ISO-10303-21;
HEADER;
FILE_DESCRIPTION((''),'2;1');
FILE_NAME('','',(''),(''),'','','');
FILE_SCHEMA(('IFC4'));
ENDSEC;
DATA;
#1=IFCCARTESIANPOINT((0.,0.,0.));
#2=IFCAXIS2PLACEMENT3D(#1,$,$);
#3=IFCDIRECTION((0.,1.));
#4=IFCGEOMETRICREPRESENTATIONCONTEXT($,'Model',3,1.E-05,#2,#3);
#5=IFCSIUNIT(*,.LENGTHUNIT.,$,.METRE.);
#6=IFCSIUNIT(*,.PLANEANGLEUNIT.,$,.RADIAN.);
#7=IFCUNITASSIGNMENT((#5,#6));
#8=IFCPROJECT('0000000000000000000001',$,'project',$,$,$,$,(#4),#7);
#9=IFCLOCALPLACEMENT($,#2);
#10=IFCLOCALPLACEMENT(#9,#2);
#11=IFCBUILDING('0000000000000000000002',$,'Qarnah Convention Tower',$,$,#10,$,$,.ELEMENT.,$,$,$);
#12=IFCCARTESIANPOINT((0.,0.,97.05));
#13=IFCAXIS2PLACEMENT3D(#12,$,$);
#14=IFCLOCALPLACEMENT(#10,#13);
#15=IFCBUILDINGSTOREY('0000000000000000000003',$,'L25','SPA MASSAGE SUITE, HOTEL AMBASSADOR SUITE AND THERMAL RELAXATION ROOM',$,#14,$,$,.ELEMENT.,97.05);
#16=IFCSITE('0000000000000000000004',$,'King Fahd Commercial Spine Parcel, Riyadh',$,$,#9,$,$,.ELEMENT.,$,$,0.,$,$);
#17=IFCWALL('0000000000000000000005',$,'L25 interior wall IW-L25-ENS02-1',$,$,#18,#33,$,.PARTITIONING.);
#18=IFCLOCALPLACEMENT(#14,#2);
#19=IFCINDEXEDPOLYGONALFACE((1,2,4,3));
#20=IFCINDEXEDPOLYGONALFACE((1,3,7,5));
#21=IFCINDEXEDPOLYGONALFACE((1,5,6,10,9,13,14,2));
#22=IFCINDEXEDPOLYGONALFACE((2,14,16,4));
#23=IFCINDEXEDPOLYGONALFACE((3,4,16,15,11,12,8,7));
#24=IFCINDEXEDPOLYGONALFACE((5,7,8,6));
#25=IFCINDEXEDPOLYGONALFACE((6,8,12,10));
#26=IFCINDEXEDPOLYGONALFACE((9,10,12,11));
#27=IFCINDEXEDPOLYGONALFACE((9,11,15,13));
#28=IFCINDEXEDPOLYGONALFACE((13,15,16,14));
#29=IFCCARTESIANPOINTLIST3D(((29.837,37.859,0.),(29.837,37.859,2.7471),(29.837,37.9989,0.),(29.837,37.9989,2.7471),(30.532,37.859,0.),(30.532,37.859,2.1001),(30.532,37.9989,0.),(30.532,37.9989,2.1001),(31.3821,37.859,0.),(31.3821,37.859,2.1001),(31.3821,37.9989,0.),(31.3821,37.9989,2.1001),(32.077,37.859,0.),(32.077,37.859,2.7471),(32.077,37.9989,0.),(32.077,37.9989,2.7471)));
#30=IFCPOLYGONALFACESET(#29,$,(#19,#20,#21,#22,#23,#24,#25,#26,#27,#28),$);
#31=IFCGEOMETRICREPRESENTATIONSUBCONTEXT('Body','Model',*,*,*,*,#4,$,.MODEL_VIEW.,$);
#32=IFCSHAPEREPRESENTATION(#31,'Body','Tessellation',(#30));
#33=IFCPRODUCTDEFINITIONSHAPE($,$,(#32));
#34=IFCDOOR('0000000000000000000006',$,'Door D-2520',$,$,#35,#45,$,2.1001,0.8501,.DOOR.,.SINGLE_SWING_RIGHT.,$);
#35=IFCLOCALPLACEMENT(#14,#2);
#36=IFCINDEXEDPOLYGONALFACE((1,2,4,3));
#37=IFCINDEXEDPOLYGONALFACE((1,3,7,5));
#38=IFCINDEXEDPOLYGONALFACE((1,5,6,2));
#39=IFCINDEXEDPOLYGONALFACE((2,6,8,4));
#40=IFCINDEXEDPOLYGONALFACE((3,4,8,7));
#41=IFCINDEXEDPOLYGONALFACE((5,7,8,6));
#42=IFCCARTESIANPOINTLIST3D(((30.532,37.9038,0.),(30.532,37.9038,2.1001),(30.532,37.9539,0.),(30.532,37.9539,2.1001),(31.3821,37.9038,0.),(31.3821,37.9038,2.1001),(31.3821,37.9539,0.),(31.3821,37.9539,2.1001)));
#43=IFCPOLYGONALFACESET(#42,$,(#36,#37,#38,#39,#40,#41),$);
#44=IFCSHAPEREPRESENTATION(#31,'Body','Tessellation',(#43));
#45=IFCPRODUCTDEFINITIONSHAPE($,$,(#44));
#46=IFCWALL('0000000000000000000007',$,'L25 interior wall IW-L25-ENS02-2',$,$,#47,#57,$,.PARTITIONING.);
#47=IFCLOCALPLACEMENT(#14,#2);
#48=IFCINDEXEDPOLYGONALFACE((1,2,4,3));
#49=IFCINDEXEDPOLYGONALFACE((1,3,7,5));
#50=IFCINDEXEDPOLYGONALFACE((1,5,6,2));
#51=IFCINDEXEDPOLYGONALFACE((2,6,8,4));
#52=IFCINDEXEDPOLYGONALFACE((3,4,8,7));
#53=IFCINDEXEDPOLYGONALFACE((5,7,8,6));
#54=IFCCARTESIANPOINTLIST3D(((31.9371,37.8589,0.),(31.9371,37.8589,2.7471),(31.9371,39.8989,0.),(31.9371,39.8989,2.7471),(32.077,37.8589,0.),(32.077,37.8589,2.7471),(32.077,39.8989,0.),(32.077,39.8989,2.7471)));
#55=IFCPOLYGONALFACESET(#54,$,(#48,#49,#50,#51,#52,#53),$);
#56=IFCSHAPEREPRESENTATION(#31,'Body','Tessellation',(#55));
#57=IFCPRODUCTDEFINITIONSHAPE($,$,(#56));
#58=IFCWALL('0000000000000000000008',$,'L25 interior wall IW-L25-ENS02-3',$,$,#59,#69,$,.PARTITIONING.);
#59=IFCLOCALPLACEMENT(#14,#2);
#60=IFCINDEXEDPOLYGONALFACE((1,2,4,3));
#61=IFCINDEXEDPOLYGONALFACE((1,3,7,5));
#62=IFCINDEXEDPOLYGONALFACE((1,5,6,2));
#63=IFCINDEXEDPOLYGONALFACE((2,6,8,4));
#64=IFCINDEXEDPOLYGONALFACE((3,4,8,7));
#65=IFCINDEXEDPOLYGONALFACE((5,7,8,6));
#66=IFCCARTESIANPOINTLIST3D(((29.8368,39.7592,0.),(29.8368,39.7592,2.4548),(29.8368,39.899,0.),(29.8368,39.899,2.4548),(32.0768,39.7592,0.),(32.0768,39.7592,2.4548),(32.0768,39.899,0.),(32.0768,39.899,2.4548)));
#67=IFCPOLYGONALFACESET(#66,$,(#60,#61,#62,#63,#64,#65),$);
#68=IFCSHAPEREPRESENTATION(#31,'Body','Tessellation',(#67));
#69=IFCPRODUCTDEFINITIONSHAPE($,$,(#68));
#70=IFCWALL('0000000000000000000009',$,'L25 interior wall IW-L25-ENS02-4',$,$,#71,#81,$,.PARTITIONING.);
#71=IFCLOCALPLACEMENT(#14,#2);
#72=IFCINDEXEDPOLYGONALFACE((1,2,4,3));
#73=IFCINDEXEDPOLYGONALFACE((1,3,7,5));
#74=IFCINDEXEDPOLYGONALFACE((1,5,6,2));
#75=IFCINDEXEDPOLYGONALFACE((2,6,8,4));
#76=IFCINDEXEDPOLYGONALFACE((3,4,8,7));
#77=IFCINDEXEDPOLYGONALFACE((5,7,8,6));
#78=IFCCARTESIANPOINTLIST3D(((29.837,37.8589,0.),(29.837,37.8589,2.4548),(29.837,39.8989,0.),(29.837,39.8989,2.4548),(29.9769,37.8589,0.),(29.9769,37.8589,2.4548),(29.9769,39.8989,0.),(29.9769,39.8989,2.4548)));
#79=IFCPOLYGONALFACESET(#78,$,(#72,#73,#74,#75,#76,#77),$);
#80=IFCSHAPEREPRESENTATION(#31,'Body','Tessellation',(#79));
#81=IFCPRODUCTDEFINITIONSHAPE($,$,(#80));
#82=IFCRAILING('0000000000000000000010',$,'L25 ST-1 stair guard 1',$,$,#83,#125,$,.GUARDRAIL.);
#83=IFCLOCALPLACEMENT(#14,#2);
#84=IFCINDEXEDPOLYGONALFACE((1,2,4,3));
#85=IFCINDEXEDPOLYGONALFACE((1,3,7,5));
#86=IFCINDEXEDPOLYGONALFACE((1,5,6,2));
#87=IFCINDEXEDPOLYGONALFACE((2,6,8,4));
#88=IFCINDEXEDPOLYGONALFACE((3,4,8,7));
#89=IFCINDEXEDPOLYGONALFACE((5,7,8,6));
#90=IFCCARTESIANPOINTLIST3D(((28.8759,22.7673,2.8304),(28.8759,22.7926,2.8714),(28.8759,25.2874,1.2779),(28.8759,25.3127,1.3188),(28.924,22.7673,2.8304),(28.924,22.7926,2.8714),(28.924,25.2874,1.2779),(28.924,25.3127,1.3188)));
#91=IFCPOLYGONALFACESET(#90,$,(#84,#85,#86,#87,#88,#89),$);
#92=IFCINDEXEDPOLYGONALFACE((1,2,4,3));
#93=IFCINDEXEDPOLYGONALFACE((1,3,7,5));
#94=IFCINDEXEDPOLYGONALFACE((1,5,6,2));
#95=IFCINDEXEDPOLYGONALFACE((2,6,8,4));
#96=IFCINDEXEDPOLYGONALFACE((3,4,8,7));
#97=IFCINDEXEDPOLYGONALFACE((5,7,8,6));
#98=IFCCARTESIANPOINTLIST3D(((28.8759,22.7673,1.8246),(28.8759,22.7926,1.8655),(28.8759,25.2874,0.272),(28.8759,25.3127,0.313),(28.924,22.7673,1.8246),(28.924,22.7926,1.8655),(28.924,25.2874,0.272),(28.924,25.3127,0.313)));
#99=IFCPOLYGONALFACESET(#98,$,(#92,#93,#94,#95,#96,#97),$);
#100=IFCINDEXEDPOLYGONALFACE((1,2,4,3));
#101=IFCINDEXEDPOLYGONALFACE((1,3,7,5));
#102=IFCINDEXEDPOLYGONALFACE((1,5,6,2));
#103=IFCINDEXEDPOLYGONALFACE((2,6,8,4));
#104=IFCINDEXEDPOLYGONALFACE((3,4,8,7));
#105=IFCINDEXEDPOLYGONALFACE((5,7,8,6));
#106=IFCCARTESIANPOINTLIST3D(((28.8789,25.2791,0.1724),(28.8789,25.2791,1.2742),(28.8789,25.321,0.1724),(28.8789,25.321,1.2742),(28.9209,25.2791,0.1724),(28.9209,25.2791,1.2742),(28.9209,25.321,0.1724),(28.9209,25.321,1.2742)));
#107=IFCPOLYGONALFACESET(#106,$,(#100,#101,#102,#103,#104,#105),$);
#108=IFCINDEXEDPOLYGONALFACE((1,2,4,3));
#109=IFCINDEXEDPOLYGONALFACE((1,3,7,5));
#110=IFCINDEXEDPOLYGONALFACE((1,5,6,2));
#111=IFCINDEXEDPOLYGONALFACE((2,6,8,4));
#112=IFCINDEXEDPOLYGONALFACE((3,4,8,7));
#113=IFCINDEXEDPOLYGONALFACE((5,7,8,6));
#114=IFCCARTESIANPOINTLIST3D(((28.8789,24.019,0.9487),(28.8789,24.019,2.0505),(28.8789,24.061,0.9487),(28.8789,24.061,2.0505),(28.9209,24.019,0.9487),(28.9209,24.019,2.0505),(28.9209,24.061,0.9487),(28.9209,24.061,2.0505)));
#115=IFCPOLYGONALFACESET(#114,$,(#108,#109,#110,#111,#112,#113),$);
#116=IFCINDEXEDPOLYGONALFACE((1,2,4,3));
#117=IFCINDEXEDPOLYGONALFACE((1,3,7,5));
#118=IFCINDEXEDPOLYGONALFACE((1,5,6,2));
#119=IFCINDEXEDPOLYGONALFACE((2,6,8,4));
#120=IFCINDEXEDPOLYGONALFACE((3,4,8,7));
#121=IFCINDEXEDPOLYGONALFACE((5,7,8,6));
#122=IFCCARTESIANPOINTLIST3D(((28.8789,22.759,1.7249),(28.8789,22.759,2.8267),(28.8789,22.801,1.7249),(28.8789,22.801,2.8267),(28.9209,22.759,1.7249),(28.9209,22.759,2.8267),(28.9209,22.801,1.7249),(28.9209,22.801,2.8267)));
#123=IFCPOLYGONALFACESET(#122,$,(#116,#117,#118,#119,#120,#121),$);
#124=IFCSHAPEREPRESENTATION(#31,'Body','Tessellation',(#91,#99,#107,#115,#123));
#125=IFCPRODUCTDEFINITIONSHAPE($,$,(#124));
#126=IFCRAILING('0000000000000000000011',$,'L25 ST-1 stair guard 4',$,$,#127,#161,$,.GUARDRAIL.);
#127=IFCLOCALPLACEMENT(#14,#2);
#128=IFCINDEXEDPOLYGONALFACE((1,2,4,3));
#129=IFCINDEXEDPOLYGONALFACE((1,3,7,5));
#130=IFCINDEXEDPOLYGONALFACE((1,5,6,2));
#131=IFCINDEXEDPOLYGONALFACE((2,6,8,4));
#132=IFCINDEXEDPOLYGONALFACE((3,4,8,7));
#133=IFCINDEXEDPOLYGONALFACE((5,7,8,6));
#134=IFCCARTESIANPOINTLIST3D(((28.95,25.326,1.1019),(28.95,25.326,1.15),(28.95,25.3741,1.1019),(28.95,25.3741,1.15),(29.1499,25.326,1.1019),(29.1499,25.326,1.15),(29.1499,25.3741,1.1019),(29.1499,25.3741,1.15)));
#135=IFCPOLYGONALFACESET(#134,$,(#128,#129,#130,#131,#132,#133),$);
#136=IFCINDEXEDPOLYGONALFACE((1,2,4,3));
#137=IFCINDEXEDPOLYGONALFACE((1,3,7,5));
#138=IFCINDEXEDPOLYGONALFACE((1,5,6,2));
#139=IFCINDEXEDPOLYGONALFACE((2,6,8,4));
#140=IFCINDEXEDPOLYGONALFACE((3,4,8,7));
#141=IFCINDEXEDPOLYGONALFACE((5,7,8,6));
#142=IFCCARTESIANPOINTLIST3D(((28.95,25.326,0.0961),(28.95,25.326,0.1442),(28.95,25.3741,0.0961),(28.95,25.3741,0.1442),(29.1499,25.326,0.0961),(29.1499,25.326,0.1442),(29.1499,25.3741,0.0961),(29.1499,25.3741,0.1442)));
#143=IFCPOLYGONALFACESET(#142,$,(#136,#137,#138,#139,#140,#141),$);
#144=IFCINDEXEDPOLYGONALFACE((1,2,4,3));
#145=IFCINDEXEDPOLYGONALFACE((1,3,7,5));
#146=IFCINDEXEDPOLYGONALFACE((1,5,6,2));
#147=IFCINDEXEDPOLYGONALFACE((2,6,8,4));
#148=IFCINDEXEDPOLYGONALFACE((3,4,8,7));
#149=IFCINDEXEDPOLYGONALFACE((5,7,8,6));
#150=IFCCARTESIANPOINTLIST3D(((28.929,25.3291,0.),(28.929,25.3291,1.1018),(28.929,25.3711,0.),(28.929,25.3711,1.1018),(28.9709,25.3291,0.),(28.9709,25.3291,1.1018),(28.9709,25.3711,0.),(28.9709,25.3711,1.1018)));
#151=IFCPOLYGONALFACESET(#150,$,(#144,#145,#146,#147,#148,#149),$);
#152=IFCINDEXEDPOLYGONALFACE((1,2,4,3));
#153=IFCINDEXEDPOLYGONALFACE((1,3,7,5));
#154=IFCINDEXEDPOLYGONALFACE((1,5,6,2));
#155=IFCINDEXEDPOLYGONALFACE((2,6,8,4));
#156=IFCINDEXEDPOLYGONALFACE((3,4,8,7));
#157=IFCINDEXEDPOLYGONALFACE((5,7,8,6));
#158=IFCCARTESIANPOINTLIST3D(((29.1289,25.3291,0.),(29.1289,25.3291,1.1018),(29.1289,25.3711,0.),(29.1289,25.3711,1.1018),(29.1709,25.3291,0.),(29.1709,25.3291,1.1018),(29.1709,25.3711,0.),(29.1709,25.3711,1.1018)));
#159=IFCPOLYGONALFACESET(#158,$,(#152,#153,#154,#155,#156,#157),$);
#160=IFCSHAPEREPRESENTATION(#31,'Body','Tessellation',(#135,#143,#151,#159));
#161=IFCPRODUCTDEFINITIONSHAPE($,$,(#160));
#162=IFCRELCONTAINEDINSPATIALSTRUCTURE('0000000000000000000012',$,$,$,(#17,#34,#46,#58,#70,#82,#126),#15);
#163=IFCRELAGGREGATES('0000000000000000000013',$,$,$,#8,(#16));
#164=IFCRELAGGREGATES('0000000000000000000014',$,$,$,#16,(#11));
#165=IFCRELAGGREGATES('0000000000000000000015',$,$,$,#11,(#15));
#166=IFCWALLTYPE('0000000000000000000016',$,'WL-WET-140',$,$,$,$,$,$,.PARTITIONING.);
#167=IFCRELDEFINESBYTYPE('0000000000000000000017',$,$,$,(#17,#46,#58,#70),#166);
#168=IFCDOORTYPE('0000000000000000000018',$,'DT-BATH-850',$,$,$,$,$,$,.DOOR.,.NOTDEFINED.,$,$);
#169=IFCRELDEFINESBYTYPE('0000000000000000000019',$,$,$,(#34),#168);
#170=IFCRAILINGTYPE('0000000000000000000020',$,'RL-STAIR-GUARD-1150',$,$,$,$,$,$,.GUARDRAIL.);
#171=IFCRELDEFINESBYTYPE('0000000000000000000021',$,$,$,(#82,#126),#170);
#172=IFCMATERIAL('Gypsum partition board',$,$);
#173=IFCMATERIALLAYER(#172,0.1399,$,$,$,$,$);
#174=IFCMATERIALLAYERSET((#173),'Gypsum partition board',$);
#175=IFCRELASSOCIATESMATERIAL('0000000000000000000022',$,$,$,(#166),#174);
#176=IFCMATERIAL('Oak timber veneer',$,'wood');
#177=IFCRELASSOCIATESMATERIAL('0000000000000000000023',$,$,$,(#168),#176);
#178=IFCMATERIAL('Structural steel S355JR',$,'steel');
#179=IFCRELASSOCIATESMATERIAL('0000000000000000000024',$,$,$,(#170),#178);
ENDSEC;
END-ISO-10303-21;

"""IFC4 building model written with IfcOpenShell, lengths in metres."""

from ifc_helpers import new_model, si_unit, direction, frame, frame_2d, origin, origin_2d, place, context, subcontext, project, spatial, rectangle, extrude, material, layer, layer_set, type_object, element, fill, save


model = new_model("IFC4")

# Units and contexts
model_context = context("Model", 3, precision=1e-05, world=origin(), true_north=direction((0.0, 1.0)))
body_context = subcontext(model_context, "Body", "Model", "MODEL_VIEW")
ifc_project = project(units=[si_unit("LENGTHUNIT", "METRE"), si_unit("PLANEANGLEUNIT", "RADIAN")], contexts=[model_context])

# Site, building, storey
site_placement = place(None, origin())
site = spatial("IfcSite", under=ifc_project, at=site_placement, Name="King Fahd Commercial Spine Parcel, Riyadh", CompositionType="ELEMENT", RefElevation=0.0)
building_placement = place(site_placement, origin())
building = spatial("IfcBuilding", under=site, at=building_placement, Name="Qarnah Convention Tower", CompositionType="ELEMENT")
storey_placement = place(building_placement, frame((0.0, 0.0, 97.05)))
storey = spatial("IfcBuildingStorey", under=building, at=storey_placement, Name="L25", Description="SPA MASSAGE SUITE, HOTEL AMBASSADOR SUITE AND THERMAL RELAXATION ROOM", CompositionType="ELEMENT", Elevation=97.05)

# Shared definitions
ifc_material_1 = material(Name="Structural steel S355JR", Category="steel")

# Shared definitions
ifc_material_2 = material(Name="Gypsum partition board")
ifc_material_3 = material(Name="Oak timber veneer", Category="wood")

# Wall, opening, door
ifc_layer_1 = layer(ifc_material_2, 0.1399)
ifc_layer_set_1 = layer_set([ifc_layer_1], Name="Gypsum partition board")
wall_type_1 = type_object("IfcWallType", Name="WL-WET-140", PredefinedType="PARTITIONING", material=ifc_layer_set_1)
wall_1_placement = place(storey_placement, frame((29.8369, 37.929, 0.0), z_axis=(0.0, 0.0, 1.0), x_axis=(1.0, 0.0, 0.0)))
wall_1 = element("IfcWall", 1, at=wall_1_placement, inside=storey, type_object=wall_type_1, Name="L25 interior wall IW-L25-ENS02-1", PredefinedType="PARTITIONING", context=body_context, shape_type="SweptSolid", body=[
    extrude(rectangle(XDim=2.24, YDim=0.1399, at=frame_2d((1.1201, 0.0))), origin(), (0.0, 0.0, 1.0), 2.7471),
])
opening_1_placement = place(wall_1_placement, frame((0.6951, 0.0, 0.0)))
opening_1 = element("IfcOpeningElement", 2, at=opening_1_placement, cuts=wall_1, PredefinedType="OPENING", context=body_context, shape_type="SweptSolid", body=[
    extrude(rectangle(XDim=0.8501, YDim=2.1001, at=frame_2d((0.425, 1.05))), frame((0.0, 0.0798, 0.0), z_axis=(0.0, -1.0, 0.0), x_axis=(1.0, 0.0, 0.0)), (0.0, 0.0, 1.0), 0.1599),
])
door_type_1 = type_object("IfcDoorType", Name="DT-BATH-850", OperationType="NOTDEFINED", PredefinedType="DOOR", material=ifc_material_3)
door_1_placement = place(opening_1_placement, origin())
door_1 = element("IfcDoor", 3, at=door_1_placement, inside=storey, type_object=door_type_1, Name="Door D-2520", OperationType="SINGLE_SWING_RIGHT", OverallHeight=2.1001, OverallWidth=0.8501, PredefinedType="DOOR", context=body_context, shape_type="SweptSolid", body=[
    extrude(rectangle(XDim=0.8501, YDim=2.1001, at=frame_2d((0.425, 1.05))), frame((0.0, 0.0249, 0.0), z_axis=(0.0, -1.0, 0.0), x_axis=(1.0, 0.0, 0.0)), (0.0, 0.0, 1.0), 0.05),
])
fill(opening_1, door_1)

# Walls
wall_2_placement = place(storey_placement, frame((32.0071, 37.8589, 0.0), z_axis=(0.0, 0.0, 1.0), x_axis=(0.0, 1.0, 0.0)))
element("IfcWall", 4, at=wall_2_placement, inside=storey, type_object=wall_type_1, Name="L25 interior wall IW-L25-ENS02-2", PredefinedType="PARTITIONING", context=body_context, shape_type="SweptSolid", body=[
    extrude(rectangle(XDim=2.04, YDim=0.1399, at=frame_2d((1.02, 0.0))), origin(), (0.0, 0.0, 1.0), 2.7471),
])
wall_3_placement = place(storey_placement, frame((32.0769, 39.8291, 0.0), z_axis=(0.0, 0.0, 1.0), x_axis=(-1.0, 0.0, 0.0)))
element("IfcWall", 5, at=wall_3_placement, inside=storey, type_object=wall_type_1, Name="L25 interior wall IW-L25-ENS02-3", PredefinedType="PARTITIONING", context=body_context, shape_type="SweptSolid", body=[
    extrude(rectangle(XDim=2.24, YDim=0.1399, at=frame_2d((1.1201, 0.0))), origin(), (0.0, 0.0, 1.0), 2.4548),
])
wall_4_placement = place(storey_placement, frame((29.907, 39.8989, 0.0), z_axis=(0.0, 0.0, 1.0), x_axis=(0.0, -1.0, 0.0)))
element("IfcWall", 6, at=wall_4_placement, inside=storey, type_object=wall_type_1, Name="L25 interior wall IW-L25-ENS02-4", PredefinedType="PARTITIONING", context=body_context, shape_type="SweptSolid", body=[
    extrude(rectangle(XDim=2.04, YDim=0.1399, at=frame_2d((1.02, 0.0))), origin(), (0.0, 0.0, 1.0), 2.4548),
])

# Railings
railing_type = type_object("IfcRailingType", Name="RL-STAIR-GUARD-1150", PredefinedType="GUARDRAIL", material=ifc_material_1)
railing_1_placement = place(storey_placement, frame((28.8999, 25.3, 0.1724)))
element("IfcRailing", 7, at=railing_1_placement, inside=storey, type_object=railing_type, Name="L25 ST-1 stair guard 1", PredefinedType="GUARDRAIL", context=body_context, shape_type="SweptSolid", body=[
    extrude(rectangle(XDim=0.0481, YDim=0.0481, at=origin_2d()), frame((0.0, 0.0, 1.126), z_axis=(0.0, -0.8514, 0.524516), x_axis=(1.0, 0.0, 0.0)), (0.0, 0.0, 1.0), 2.96),
    extrude(rectangle(XDim=0.0481, YDim=0.0481, at=origin_2d()), frame((0.0, 0.0, 0.1201), z_axis=(0.0, -0.8514, 0.524516), x_axis=(1.0, 0.0, 0.0)), (0.0, 0.0, 1.0), 2.96),
    extrude(rectangle(XDim=0.042, YDim=0.042, at=origin_2d()), origin(), (0.0, 0.0, 1.0), 1.1018),
    extrude(rectangle(XDim=0.042, YDim=0.042, at=origin_2d()), frame((0.0, -1.26, 0.7764)), (0.0, 0.0, 1.0), 1.1018),
    extrude(rectangle(XDim=0.042, YDim=0.042, at=origin_2d()), frame((0.0, -2.52, 1.5525)), (0.0, 0.0, 1.0), 1.1018),
])
railing_2_placement = place(storey_placement, frame((28.95, 25.3501, 0.0)))
element("IfcRailing", 8, at=railing_2_placement, inside=storey, type_object=railing_type, Name="L25 ST-1 stair guard 4", PredefinedType="GUARDRAIL", context=body_context, shape_type="SweptSolid", body=[
    extrude(rectangle(XDim=0.0481, YDim=0.0481, at=origin_2d()), frame((0.0, 0.0, 1.126), z_axis=(1.0, 0.0, 0.0), x_axis=(0.0, 1.0, 0.0)), (0.0, 0.0, 1.0), 0.2),
    extrude(rectangle(XDim=0.0481, YDim=0.0481, at=origin_2d()), frame((0.0, 0.0, 0.1201), z_axis=(1.0, 0.0, 0.0), x_axis=(0.0, 1.0, 0.0)), (0.0, 0.0, 1.0), 0.2),
    extrude(rectangle(XDim=0.042, YDim=0.042, at=origin_2d()), origin(), (0.0, 0.0, 1.0), 1.1018),
    extrude(rectangle(XDim=0.042, YDim=0.042, at=origin_2d()), frame((0.2, 0.0, 0.0)), (0.0, 0.0, 1.0), 1.1018),
])

save(model, "model.ifc")
